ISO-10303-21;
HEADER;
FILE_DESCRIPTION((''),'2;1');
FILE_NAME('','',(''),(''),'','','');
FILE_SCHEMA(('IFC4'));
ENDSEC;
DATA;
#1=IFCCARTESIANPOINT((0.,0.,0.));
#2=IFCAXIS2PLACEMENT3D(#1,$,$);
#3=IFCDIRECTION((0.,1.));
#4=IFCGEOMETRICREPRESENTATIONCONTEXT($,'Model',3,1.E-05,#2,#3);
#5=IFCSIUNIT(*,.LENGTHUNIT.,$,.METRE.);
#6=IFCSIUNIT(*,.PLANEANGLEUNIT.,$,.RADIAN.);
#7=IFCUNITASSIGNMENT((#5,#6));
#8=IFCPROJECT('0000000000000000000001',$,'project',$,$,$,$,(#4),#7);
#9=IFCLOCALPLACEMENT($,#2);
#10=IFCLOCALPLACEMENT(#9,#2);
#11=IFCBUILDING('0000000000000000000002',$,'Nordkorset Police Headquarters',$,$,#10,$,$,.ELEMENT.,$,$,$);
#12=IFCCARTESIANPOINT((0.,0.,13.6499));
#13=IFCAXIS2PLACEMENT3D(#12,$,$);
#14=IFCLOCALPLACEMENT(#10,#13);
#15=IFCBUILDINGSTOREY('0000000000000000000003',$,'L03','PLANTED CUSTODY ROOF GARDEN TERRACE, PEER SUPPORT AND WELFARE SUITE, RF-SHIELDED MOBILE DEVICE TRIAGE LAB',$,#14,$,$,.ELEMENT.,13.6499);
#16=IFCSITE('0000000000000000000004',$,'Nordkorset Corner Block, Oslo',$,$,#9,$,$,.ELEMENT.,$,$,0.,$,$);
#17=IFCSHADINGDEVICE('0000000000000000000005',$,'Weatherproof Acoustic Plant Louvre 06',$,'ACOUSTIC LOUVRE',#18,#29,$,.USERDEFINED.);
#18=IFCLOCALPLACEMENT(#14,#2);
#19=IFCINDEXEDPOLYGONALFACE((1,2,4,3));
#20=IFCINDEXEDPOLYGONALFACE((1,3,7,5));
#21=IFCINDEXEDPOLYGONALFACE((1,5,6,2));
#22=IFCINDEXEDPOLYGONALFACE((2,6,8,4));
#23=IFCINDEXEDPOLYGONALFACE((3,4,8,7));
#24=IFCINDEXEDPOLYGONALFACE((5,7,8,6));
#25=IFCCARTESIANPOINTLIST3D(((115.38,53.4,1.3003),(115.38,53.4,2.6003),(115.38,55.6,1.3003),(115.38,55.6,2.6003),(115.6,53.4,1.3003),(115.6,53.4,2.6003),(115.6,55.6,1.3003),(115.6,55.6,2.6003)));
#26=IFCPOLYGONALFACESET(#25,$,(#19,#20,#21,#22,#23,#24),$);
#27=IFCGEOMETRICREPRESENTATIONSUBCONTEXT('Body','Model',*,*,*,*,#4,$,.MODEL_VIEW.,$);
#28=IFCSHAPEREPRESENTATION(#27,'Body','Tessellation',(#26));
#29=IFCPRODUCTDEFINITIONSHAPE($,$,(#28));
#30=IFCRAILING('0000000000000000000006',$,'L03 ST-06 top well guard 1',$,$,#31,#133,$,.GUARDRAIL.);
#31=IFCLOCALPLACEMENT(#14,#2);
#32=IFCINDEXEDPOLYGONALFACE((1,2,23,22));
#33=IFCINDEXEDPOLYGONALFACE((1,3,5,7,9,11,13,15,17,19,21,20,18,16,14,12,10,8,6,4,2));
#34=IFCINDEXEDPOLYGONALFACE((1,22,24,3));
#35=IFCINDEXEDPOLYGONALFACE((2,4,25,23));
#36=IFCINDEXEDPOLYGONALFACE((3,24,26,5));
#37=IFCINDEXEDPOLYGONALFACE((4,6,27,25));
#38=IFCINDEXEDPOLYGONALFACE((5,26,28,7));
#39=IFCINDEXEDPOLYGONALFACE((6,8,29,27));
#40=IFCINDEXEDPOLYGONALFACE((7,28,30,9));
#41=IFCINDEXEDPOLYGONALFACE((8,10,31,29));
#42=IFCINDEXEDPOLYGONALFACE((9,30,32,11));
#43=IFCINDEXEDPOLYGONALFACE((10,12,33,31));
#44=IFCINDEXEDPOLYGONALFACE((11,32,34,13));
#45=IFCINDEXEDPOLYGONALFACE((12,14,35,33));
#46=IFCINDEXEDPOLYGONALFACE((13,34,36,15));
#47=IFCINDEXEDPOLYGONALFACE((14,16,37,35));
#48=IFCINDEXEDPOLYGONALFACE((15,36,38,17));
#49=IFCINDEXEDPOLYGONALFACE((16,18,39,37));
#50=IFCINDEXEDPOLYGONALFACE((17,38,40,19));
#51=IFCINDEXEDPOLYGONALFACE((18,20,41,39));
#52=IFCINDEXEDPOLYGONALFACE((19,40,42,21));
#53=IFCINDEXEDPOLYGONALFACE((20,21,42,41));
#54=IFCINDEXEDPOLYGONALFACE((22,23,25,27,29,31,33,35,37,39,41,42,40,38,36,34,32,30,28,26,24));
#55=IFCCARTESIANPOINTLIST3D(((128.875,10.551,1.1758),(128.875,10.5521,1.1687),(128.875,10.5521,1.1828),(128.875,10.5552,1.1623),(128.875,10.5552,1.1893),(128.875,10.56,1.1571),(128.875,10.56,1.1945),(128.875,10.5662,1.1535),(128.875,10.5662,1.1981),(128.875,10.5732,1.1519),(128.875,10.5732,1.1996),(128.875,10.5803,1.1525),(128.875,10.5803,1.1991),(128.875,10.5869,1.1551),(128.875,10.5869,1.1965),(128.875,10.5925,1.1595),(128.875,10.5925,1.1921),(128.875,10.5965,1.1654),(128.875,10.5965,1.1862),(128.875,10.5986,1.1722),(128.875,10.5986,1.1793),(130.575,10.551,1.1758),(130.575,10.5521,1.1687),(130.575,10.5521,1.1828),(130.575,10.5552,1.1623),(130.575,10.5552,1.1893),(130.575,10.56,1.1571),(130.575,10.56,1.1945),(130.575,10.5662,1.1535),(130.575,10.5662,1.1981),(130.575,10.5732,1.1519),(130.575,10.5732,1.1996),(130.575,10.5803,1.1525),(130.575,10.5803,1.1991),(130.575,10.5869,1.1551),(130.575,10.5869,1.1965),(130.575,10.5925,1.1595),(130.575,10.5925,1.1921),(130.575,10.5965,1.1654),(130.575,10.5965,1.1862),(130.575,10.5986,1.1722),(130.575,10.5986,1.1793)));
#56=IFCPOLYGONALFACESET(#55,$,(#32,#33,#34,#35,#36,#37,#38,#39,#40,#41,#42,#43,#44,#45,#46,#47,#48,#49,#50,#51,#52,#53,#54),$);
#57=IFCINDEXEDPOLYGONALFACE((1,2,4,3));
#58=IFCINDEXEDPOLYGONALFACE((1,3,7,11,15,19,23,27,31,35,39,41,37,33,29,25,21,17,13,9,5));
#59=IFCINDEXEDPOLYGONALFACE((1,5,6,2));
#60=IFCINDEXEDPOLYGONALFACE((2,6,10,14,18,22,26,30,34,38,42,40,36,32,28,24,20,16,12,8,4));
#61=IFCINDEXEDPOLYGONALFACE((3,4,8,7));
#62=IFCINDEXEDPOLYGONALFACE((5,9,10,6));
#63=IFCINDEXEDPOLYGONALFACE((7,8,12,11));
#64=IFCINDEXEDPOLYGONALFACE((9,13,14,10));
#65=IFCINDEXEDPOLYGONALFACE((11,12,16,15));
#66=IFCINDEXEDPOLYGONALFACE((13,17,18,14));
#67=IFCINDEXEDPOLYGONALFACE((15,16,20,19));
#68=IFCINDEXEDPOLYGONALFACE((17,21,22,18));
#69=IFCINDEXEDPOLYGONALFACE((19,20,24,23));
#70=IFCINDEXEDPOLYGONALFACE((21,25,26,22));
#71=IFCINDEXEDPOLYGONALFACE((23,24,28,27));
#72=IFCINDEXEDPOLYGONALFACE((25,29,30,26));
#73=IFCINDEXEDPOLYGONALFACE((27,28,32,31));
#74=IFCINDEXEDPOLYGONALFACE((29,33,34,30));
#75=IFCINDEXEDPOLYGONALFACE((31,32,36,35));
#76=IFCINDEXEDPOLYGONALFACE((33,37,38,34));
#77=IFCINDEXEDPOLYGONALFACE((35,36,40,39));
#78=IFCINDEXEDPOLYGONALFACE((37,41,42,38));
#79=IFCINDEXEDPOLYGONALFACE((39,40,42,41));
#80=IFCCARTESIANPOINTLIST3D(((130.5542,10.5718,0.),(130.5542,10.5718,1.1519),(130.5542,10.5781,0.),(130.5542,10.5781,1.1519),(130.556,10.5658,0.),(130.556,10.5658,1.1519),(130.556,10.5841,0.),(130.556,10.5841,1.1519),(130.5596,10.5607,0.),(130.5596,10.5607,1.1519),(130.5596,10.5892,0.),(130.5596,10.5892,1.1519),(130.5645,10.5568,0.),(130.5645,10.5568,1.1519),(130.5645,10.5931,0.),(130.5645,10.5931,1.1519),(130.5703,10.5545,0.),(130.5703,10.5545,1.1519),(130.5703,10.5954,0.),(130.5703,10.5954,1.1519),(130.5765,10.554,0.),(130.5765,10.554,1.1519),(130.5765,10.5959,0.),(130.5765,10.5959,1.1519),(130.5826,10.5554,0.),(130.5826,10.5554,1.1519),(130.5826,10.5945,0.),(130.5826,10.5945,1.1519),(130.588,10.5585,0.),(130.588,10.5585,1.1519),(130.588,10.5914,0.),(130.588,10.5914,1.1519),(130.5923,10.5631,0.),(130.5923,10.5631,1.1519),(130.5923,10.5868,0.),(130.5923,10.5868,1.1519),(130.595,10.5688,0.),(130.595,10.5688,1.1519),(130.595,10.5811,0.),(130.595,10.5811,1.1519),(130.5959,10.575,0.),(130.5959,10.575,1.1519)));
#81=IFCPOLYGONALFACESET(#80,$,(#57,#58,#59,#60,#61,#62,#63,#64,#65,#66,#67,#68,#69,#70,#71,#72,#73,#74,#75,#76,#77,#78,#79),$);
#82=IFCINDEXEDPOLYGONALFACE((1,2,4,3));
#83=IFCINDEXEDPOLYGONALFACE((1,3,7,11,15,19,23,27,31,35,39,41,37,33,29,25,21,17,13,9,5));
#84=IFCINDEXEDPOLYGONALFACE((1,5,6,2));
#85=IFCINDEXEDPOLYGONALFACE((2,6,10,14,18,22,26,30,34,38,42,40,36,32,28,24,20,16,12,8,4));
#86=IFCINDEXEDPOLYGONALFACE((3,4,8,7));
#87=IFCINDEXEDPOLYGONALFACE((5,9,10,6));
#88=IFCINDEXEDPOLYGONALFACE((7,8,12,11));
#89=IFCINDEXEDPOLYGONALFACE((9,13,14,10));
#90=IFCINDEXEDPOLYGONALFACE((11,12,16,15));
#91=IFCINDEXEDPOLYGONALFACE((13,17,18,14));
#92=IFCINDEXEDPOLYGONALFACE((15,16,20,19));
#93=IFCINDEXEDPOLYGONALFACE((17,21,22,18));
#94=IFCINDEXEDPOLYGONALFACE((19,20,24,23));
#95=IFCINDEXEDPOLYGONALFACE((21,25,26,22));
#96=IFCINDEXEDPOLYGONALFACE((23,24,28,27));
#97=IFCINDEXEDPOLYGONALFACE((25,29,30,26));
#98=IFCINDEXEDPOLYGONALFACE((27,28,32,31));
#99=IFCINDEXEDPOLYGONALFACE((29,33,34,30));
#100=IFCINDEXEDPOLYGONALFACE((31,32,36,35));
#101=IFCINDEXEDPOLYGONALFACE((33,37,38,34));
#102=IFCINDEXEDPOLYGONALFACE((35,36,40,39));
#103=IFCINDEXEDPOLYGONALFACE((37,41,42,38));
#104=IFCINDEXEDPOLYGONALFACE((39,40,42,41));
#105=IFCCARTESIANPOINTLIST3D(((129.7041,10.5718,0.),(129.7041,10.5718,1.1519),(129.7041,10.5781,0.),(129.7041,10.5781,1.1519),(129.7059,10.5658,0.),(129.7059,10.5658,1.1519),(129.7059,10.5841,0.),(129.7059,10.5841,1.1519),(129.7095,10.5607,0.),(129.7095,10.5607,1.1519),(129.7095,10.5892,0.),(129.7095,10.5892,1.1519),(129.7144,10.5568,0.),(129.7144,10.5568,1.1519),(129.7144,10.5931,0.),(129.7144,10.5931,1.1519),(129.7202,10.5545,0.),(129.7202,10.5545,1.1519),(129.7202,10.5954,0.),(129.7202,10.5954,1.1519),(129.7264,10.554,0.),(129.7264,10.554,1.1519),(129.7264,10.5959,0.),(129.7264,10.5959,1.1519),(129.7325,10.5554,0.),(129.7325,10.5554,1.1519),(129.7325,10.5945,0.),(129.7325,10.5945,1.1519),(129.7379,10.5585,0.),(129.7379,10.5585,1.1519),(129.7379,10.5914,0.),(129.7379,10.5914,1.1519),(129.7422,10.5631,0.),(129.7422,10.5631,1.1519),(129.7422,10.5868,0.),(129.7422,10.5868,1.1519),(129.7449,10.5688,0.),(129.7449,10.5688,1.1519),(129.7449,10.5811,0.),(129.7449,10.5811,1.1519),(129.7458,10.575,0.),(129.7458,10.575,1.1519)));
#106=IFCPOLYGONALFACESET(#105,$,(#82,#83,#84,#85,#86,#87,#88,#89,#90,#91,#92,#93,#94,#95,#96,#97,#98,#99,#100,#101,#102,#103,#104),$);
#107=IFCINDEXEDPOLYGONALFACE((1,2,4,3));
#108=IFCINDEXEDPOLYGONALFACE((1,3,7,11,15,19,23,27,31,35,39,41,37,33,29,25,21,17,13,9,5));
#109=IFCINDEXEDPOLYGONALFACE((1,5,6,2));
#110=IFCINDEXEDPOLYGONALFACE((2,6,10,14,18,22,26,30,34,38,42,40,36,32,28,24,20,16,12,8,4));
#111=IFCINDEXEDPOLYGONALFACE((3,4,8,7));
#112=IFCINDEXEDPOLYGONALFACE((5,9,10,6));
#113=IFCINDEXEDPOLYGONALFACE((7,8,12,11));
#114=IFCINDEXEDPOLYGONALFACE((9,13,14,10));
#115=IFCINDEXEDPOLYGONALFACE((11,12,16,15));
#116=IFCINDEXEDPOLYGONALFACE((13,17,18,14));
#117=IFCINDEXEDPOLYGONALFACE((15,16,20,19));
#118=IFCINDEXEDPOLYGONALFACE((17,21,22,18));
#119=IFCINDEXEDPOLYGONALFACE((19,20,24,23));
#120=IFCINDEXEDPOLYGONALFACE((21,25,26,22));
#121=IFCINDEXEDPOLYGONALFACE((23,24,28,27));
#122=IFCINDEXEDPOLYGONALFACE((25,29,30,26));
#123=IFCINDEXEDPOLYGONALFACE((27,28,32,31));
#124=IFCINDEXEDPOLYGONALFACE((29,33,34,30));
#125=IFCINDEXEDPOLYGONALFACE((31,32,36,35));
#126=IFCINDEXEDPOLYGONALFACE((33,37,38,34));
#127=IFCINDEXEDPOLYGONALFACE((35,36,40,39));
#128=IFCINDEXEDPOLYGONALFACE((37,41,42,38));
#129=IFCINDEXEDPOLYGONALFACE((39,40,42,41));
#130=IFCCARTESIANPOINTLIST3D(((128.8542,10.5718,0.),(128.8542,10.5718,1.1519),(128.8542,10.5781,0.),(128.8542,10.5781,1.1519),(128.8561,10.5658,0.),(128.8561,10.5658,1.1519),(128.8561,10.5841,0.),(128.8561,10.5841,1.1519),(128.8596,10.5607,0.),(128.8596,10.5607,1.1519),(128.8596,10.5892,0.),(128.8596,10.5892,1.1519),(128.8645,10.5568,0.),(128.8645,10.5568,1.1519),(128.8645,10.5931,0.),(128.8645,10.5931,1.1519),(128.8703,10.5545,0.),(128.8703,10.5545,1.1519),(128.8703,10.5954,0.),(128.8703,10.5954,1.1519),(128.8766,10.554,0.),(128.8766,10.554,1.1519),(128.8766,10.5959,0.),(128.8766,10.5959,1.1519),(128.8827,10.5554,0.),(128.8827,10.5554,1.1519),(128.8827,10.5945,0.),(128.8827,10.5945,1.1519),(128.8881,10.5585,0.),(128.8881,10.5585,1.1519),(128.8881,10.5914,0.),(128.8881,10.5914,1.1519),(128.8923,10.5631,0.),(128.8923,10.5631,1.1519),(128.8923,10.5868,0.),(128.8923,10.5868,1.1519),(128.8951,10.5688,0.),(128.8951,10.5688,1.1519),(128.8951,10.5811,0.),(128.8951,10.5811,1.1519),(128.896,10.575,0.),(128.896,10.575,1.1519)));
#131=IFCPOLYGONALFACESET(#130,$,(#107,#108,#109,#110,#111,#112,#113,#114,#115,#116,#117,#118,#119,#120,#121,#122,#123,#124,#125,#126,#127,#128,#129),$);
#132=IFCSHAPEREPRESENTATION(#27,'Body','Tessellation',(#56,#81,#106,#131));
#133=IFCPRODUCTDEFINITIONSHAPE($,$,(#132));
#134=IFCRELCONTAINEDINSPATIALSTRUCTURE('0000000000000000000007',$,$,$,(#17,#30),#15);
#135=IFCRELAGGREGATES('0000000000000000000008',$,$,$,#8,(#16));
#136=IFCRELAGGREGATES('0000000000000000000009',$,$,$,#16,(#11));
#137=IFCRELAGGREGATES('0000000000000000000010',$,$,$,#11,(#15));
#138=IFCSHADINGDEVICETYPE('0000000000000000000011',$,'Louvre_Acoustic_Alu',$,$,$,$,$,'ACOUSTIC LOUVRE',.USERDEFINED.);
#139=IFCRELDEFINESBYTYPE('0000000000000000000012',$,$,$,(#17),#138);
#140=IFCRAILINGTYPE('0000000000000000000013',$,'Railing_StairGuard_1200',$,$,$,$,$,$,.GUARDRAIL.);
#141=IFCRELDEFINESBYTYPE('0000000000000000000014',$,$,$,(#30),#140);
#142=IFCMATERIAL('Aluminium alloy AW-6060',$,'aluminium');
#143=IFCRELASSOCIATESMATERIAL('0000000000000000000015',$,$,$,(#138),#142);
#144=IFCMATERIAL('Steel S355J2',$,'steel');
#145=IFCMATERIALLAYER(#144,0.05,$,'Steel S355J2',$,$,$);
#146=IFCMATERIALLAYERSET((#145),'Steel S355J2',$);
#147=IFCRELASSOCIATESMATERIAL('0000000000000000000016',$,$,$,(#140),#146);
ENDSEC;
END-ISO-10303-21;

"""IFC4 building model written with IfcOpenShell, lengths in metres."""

from ifc_helpers import new_model, si_unit, direction, frame, origin, origin_2d, place, context, subcontext, project, spatial, rectangle, circle, extrude, material, layer, layer_set, type_object, element, save


model = new_model("IFC4")

# Units and contexts
model_context = context("Model", 3, precision=1e-05, world=origin(), true_north=direction((0.0, 1.0)))
body_context = subcontext(model_context, "Body", "Model", "MODEL_VIEW")
ifc_project = project(units=[si_unit("LENGTHUNIT", "METRE"), si_unit("PLANEANGLEUNIT", "RADIAN")], contexts=[model_context])

# Site, building, storey
site_placement = place(None, origin())
site = spatial("IfcSite", under=ifc_project, at=site_placement, Name="Nordkorset Corner Block, Oslo", CompositionType="ELEMENT", RefElevation=0.0)
building_placement = place(site_placement, origin())
building = spatial("IfcBuilding", under=site, at=building_placement, Name="Nordkorset Police Headquarters", CompositionType="ELEMENT")
storey_placement = place(building_placement, frame((0.0, 0.0, 13.6499)))
storey = spatial("IfcBuildingStorey", under=building, at=storey_placement, Name="L03", Description="PLANTED CUSTODY ROOF GARDEN TERRACE, PEER SUPPORT AND WELFARE SUITE, RF-SHIELDED MOBILE DEVICE TRIAGE LAB", CompositionType="ELEMENT", Elevation=13.6499)

# Shading device
ifc_material_1 = material(Name="Aluminium alloy AW-6060", Category="aluminium")
shading_device_type = type_object("IfcShadingDeviceType", Name="Louvre_Acoustic_Alu", ElementType="ACOUSTIC LOUVRE", PredefinedType="USERDEFINED", material=ifc_material_1)
for number, where, z_axis, x_axis, name in (
    (1, (115.49, 54.5, 1.3003), (0.0, 0.0, 1.0), (1.0, 0.0, 0.0), "Weatherproof Acoustic Plant Louvre 06"),
):
    element("IfcShadingDevice", number, at=place(storey_placement, frame(where, z_axis=z_axis, x_axis=x_axis)), inside=storey, type_object=shading_device_type, Name=name, ObjectType="ACOUSTIC LOUVRE", PredefinedType="USERDEFINED", context=body_context, shape_type="SweptSolid", body=[
        extrude(rectangle(XDim=0.22, YDim=2.2, at=origin_2d()), origin(), (0.0, 0.0, 1.0), 1.3),
    ])

# Railing
ifc_material_2 = material(Name="Steel S355J2", Category="steel")
ifc_layer_1 = layer(ifc_material_2, 0.05, Name="Steel S355J2")
ifc_layer_set_1 = layer_set([ifc_layer_1], Name="Steel S355J2")
railing_type_1 = type_object("IfcRailingType", Name="Railing_StairGuard_1200", PredefinedType="GUARDRAIL", material=ifc_layer_set_1)
railing_1_placement = place(storey_placement, frame((130.575, 10.575, 0.0)))
element("IfcRailing", 2, at=railing_1_placement, inside=storey, type_object=railing_type_1, Name="L03 ST-06 top well guard 1", PredefinedType="GUARDRAIL", context=body_context, shape_type="SweptSolid", body=[
    extrude(circle(Radius=0.0239, at=origin_2d()), frame((0.0, 0.0, 1.1758), z_axis=(-1.0, 0.0, 0.0), x_axis=(0.0, -1.0, 0.0)), (0.0, 0.0, 1.0), 1.7),
    extrude(circle(Radius=0.021, at=origin_2d()), origin(), (0.0, 0.0, 1.0), 1.1519),
    extrude(circle(Radius=0.021, at=origin_2d()), frame((-0.8501, 0.0, 0.0)), (0.0, 0.0, 1.0), 1.1519),
    extrude(circle(Radius=0.021, at=origin_2d()), frame((-1.7, 0.0, 0.0)), (0.0, 0.0, 1.0), 1.1519),
])

save(model, "model.ifc")
